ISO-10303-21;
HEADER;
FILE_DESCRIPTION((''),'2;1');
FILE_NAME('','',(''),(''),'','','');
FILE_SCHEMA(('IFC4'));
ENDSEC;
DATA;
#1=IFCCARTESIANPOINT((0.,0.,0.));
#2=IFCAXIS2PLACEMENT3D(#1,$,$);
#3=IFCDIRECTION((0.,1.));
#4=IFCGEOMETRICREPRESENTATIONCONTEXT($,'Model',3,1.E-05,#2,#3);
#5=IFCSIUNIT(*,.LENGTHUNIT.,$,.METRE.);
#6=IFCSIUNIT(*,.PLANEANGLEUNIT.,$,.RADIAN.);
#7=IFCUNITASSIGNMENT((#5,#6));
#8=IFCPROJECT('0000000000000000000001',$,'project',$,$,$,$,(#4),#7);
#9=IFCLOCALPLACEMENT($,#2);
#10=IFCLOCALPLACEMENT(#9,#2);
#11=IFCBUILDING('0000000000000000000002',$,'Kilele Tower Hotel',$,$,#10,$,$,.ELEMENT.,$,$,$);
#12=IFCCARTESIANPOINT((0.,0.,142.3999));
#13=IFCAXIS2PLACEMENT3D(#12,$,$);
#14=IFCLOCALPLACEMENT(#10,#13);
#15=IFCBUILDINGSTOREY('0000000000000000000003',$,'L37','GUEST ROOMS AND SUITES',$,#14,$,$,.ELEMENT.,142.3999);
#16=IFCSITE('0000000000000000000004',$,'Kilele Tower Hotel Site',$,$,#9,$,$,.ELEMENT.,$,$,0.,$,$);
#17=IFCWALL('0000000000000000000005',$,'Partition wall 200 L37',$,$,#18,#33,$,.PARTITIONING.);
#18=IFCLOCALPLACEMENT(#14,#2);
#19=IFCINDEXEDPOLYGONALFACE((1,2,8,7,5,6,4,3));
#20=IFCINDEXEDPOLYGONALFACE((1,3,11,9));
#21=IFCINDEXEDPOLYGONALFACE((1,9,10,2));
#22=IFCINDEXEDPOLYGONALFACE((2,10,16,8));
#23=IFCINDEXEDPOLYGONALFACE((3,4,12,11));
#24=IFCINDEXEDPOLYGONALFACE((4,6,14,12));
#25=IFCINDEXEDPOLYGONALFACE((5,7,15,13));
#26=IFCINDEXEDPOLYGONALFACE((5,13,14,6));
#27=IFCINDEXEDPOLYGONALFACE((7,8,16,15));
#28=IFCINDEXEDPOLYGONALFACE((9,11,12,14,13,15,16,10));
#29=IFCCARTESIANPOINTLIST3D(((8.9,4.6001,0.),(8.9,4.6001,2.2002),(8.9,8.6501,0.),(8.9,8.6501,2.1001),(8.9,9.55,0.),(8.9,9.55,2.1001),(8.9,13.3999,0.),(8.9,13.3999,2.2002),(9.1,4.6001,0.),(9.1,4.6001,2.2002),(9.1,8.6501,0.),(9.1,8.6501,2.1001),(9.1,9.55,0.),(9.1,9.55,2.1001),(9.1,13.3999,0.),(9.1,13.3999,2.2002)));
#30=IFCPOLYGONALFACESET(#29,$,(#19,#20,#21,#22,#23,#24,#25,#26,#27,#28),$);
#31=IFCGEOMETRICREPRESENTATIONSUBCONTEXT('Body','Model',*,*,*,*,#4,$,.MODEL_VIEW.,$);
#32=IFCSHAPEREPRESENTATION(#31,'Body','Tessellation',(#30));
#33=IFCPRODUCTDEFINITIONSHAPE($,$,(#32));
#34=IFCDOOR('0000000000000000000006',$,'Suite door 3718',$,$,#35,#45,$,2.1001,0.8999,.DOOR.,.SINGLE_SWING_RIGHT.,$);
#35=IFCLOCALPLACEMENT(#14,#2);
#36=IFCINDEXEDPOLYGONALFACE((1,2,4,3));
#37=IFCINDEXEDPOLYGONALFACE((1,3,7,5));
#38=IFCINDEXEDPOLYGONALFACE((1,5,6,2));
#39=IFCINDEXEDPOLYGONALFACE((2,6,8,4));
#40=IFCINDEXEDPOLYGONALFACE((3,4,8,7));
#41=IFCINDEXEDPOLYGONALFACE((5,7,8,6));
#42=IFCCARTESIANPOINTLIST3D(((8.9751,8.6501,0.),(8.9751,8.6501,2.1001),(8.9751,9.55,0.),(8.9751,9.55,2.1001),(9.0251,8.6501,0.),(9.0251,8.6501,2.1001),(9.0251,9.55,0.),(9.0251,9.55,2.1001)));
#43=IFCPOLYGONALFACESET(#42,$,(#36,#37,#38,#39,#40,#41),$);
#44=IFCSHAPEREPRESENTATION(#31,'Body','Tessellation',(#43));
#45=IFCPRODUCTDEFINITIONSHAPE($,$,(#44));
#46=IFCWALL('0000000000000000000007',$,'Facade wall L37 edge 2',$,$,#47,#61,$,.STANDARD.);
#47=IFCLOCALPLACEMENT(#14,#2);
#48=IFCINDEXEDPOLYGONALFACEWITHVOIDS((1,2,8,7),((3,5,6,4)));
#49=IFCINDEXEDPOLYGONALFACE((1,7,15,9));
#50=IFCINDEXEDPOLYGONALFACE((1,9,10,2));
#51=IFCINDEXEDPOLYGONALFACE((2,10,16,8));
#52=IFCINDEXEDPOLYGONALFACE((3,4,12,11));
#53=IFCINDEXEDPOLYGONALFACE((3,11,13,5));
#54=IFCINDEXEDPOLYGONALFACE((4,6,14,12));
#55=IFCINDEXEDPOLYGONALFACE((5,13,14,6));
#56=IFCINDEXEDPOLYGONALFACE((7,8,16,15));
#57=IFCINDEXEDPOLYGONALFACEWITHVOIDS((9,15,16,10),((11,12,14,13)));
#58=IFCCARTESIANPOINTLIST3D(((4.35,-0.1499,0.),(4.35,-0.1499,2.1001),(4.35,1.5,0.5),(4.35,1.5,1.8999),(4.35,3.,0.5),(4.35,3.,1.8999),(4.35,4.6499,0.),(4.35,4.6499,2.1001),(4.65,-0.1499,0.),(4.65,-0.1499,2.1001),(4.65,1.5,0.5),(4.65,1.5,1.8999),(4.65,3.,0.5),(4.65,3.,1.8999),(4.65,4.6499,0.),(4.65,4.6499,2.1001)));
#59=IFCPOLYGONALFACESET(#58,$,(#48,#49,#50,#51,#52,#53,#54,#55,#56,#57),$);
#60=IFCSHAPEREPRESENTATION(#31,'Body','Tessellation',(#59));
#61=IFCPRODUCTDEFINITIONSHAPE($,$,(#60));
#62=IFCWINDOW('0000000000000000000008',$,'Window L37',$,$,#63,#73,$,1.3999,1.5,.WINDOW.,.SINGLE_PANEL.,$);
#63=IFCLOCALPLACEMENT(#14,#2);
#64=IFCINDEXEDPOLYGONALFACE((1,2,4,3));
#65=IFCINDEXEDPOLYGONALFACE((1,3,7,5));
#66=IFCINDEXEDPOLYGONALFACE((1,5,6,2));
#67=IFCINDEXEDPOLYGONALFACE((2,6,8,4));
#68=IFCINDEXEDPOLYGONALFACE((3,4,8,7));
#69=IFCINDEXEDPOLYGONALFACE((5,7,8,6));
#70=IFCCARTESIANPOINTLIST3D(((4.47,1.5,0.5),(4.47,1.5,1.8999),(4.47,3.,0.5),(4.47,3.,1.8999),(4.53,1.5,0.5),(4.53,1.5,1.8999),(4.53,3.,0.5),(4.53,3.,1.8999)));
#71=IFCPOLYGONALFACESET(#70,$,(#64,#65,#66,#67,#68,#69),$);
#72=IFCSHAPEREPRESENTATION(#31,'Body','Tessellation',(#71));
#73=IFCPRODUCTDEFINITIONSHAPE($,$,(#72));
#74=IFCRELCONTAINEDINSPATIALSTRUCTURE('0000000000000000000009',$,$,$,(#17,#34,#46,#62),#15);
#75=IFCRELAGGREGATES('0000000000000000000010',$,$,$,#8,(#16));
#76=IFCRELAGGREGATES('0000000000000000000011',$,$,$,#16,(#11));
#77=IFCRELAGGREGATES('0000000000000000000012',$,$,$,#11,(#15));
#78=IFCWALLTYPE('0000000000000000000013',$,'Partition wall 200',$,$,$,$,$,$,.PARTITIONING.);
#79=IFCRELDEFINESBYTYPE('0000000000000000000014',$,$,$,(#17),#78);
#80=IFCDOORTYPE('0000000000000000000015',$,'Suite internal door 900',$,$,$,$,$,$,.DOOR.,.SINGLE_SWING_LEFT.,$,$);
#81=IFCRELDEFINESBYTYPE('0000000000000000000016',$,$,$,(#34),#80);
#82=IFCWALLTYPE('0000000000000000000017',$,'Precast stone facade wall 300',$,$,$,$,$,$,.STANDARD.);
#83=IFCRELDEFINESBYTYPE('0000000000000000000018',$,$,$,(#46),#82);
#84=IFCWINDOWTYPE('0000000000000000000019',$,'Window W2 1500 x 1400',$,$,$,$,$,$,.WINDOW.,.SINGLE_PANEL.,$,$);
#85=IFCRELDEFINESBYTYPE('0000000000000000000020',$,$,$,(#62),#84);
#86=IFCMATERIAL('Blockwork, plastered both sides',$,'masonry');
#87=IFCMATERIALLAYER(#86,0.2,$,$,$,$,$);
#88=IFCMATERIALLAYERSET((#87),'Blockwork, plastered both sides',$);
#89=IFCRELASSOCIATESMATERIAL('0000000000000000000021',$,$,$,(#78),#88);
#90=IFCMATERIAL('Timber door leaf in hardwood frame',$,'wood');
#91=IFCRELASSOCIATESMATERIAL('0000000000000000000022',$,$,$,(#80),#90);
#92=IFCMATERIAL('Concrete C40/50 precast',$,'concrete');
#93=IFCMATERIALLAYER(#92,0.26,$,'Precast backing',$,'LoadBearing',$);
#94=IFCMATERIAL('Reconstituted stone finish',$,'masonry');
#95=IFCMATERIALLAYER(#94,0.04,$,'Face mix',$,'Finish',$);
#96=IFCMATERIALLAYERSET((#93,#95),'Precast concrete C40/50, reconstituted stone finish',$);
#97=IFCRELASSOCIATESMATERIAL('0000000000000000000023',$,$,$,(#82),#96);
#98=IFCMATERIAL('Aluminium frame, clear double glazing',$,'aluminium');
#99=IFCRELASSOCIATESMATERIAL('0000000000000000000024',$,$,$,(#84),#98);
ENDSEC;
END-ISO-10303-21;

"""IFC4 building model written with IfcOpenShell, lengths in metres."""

from ifc_helpers import new_model, si_unit, direction, frame, frame_2d, origin, place, context, subcontext, project, spatial, rectangle, extrude, material, layer, layer_set, type_object, element, fill, save


model = new_model("IFC4")

# Units and contexts
model_context = context("Model", 3, precision=1e-05, world=origin(), true_north=direction((0.0, 1.0)))
body_context = subcontext(model_context, "Body", "Model", "MODEL_VIEW")
ifc_project = project(units=[si_unit("LENGTHUNIT", "METRE"), si_unit("PLANEANGLEUNIT", "RADIAN")], contexts=[model_context])

# Site, building, storey
site_placement = place(None, origin())
site = spatial("IfcSite", under=ifc_project, at=site_placement, Name="Kilele Tower Hotel Site", CompositionType="ELEMENT", RefElevation=0.0)
building_placement = place(site_placement, origin())
building = spatial("IfcBuilding", under=site, at=building_placement, Name="Kilele Tower Hotel", CompositionType="ELEMENT")
storey_placement = place(building_placement, frame((0.0, 0.0, 142.3999)))
storey = spatial("IfcBuildingStorey", under=building, at=storey_placement, Name="L37", Description="GUEST ROOMS AND SUITES", CompositionType="ELEMENT", Elevation=142.3999)

# Wall, opening, door
ifc_material_1 = material(Name="Blockwork, plastered both sides", Category="masonry")
ifc_layer_1 = layer(ifc_material_1, 0.2)
ifc_layer_set_1 = layer_set([ifc_layer_1], Name="Blockwork, plastered both sides")
wall_type_1 = type_object("IfcWallType", Name="Partition wall 200", PredefinedType="PARTITIONING", material=ifc_layer_set_1)
wall_1_placement = place(storey_placement, frame((9.0, 4.6001, 0.0), z_axis=(0.0, 0.0, 1.0), x_axis=(0.0, 1.0, 0.0)))
wall_1 = element("IfcWall", 1, at=wall_1_placement, inside=storey, type_object=wall_type_1, Name="Partition wall 200 L37", PredefinedType="PARTITIONING", context=body_context, shape_type="SweptSolid", body=[
    extrude(rectangle(XDim=8.7998, YDim=0.2, at=frame_2d((4.3999, 0.0))), origin(), (0.0, 0.0, 1.0), 2.2002),
])
opening_1_placement = place(wall_1_placement, frame((4.05, 0.0, 0.0)))
opening_1 = element("IfcOpeningElement", 2, at=opening_1_placement, cuts=wall_1, PredefinedType="OPENING", context=body_context, shape_type="SweptSolid", body=[
    extrude(rectangle(XDim=0.8999, YDim=2.1001, at=frame_2d((0.45, 1.05))), frame((0.0, 0.1099, 0.0), z_axis=(0.0, -1.0, 0.0), x_axis=(1.0, 0.0, 0.0)), (0.0, 0.0, 1.0), 0.22),
])
ifc_material_2 = material(Name="Timber door leaf in hardwood frame", Category="wood")
door_type = type_object("IfcDoorType", Name="Suite internal door 900", OperationType="SINGLE_SWING_LEFT", PredefinedType="DOOR", material=ifc_material_2)
door_placement = place(opening_1_placement, origin())
door = element("IfcDoor", 3, at=door_placement, inside=storey, type_object=door_type, Name="Suite door 3718", OperationType="SINGLE_SWING_RIGHT", OverallHeight=2.1001, OverallWidth=0.8999, PredefinedType="DOOR", context=body_context, shape_type="SweptSolid", body=[
    extrude(rectangle(XDim=0.8999, YDim=2.1001, at=frame_2d((0.45, 1.05))), frame((0.0, 0.0249, 0.0), z_axis=(0.0, -1.0, 0.0), x_axis=(1.0, 0.0, 0.0)), (0.0, 0.0, 1.0), 0.05),
])
fill(opening_1, door)

# Wall, opening, window
ifc_material_3 = material(Name="Concrete C40/50 precast", Category="concrete")
ifc_layer_2 = layer(ifc_material_3, 0.26, Name="Precast backing", Category="LoadBearing")
ifc_material_4 = material(Name="Reconstituted stone finish", Category="masonry")
ifc_layer_3 = layer(ifc_material_4, 0.04, Name="Face mix", Category="Finish")
ifc_layer_set_2 = layer_set([ifc_layer_2, ifc_layer_3], Name="Precast concrete C40/50, reconstituted stone finish")
wall_type_2 = type_object("IfcWallType", Name="Precast stone facade wall 300", PredefinedType="STANDARD", material=ifc_layer_set_2)
wall_2_placement = place(storey_placement, frame((4.5, 4.6499, 0.0), z_axis=(0.0, 0.0, 1.0), x_axis=(0.0, -1.0, 0.0)))
wall_2 = element("IfcWall", 4, at=wall_2_placement, inside=storey, type_object=wall_type_2, Name="Facade wall L37 edge 2", PredefinedType="STANDARD", context=body_context, shape_type="SweptSolid", body=[
    extrude(rectangle(XDim=4.7998, YDim=0.3, at=frame_2d((2.3999, 0.0))), origin(), (0.0, 0.0, 1.0), 2.1001),
])
opening_2_placement = place(wall_2_placement, frame((1.6499, 0.0, 0.5)))
opening_2 = element("IfcOpeningElement", 5, at=opening_2_placement, cuts=wall_2, PredefinedType="OPENING", context=body_context, shape_type="SweptSolid", body=[
    extrude(rectangle(XDim=1.5, YDim=1.3999, at=frame_2d((0.75, 0.7))), frame((0.0, 0.1599, 0.0), z_axis=(0.0, -1.0, 0.0), x_axis=(1.0, 0.0, 0.0)), (0.0, 0.0, 1.0), 0.3201),
])
ifc_material_5 = material(Name="Aluminium frame, clear double glazing", Category="aluminium")
window_type = type_object("IfcWindowType", Name="Window W2 1500 x 1400", PartitioningType="SINGLE_PANEL", PredefinedType="WINDOW", material=ifc_material_5)
window_placement = place(opening_2_placement, origin())
window = element("IfcWindow", 6, at=window_placement, inside=storey, type_object=window_type, Name="Window L37", OverallHeight=1.3999, OverallWidth=1.5, PartitioningType="SINGLE_PANEL", PredefinedType="WINDOW", context=body_context, shape_type="SweptSolid", body=[
    extrude(rectangle(XDim=1.5, YDim=1.3999, at=frame_2d((0.75, 0.7))), frame((0.0, 0.03, 0.0), z_axis=(0.0, -1.0, 0.0), x_axis=(1.0, 0.0, 0.0)), (0.0, 0.0, 1.0), 0.0601),
])
fill(opening_2, window)

save(model, "model.ifc")
